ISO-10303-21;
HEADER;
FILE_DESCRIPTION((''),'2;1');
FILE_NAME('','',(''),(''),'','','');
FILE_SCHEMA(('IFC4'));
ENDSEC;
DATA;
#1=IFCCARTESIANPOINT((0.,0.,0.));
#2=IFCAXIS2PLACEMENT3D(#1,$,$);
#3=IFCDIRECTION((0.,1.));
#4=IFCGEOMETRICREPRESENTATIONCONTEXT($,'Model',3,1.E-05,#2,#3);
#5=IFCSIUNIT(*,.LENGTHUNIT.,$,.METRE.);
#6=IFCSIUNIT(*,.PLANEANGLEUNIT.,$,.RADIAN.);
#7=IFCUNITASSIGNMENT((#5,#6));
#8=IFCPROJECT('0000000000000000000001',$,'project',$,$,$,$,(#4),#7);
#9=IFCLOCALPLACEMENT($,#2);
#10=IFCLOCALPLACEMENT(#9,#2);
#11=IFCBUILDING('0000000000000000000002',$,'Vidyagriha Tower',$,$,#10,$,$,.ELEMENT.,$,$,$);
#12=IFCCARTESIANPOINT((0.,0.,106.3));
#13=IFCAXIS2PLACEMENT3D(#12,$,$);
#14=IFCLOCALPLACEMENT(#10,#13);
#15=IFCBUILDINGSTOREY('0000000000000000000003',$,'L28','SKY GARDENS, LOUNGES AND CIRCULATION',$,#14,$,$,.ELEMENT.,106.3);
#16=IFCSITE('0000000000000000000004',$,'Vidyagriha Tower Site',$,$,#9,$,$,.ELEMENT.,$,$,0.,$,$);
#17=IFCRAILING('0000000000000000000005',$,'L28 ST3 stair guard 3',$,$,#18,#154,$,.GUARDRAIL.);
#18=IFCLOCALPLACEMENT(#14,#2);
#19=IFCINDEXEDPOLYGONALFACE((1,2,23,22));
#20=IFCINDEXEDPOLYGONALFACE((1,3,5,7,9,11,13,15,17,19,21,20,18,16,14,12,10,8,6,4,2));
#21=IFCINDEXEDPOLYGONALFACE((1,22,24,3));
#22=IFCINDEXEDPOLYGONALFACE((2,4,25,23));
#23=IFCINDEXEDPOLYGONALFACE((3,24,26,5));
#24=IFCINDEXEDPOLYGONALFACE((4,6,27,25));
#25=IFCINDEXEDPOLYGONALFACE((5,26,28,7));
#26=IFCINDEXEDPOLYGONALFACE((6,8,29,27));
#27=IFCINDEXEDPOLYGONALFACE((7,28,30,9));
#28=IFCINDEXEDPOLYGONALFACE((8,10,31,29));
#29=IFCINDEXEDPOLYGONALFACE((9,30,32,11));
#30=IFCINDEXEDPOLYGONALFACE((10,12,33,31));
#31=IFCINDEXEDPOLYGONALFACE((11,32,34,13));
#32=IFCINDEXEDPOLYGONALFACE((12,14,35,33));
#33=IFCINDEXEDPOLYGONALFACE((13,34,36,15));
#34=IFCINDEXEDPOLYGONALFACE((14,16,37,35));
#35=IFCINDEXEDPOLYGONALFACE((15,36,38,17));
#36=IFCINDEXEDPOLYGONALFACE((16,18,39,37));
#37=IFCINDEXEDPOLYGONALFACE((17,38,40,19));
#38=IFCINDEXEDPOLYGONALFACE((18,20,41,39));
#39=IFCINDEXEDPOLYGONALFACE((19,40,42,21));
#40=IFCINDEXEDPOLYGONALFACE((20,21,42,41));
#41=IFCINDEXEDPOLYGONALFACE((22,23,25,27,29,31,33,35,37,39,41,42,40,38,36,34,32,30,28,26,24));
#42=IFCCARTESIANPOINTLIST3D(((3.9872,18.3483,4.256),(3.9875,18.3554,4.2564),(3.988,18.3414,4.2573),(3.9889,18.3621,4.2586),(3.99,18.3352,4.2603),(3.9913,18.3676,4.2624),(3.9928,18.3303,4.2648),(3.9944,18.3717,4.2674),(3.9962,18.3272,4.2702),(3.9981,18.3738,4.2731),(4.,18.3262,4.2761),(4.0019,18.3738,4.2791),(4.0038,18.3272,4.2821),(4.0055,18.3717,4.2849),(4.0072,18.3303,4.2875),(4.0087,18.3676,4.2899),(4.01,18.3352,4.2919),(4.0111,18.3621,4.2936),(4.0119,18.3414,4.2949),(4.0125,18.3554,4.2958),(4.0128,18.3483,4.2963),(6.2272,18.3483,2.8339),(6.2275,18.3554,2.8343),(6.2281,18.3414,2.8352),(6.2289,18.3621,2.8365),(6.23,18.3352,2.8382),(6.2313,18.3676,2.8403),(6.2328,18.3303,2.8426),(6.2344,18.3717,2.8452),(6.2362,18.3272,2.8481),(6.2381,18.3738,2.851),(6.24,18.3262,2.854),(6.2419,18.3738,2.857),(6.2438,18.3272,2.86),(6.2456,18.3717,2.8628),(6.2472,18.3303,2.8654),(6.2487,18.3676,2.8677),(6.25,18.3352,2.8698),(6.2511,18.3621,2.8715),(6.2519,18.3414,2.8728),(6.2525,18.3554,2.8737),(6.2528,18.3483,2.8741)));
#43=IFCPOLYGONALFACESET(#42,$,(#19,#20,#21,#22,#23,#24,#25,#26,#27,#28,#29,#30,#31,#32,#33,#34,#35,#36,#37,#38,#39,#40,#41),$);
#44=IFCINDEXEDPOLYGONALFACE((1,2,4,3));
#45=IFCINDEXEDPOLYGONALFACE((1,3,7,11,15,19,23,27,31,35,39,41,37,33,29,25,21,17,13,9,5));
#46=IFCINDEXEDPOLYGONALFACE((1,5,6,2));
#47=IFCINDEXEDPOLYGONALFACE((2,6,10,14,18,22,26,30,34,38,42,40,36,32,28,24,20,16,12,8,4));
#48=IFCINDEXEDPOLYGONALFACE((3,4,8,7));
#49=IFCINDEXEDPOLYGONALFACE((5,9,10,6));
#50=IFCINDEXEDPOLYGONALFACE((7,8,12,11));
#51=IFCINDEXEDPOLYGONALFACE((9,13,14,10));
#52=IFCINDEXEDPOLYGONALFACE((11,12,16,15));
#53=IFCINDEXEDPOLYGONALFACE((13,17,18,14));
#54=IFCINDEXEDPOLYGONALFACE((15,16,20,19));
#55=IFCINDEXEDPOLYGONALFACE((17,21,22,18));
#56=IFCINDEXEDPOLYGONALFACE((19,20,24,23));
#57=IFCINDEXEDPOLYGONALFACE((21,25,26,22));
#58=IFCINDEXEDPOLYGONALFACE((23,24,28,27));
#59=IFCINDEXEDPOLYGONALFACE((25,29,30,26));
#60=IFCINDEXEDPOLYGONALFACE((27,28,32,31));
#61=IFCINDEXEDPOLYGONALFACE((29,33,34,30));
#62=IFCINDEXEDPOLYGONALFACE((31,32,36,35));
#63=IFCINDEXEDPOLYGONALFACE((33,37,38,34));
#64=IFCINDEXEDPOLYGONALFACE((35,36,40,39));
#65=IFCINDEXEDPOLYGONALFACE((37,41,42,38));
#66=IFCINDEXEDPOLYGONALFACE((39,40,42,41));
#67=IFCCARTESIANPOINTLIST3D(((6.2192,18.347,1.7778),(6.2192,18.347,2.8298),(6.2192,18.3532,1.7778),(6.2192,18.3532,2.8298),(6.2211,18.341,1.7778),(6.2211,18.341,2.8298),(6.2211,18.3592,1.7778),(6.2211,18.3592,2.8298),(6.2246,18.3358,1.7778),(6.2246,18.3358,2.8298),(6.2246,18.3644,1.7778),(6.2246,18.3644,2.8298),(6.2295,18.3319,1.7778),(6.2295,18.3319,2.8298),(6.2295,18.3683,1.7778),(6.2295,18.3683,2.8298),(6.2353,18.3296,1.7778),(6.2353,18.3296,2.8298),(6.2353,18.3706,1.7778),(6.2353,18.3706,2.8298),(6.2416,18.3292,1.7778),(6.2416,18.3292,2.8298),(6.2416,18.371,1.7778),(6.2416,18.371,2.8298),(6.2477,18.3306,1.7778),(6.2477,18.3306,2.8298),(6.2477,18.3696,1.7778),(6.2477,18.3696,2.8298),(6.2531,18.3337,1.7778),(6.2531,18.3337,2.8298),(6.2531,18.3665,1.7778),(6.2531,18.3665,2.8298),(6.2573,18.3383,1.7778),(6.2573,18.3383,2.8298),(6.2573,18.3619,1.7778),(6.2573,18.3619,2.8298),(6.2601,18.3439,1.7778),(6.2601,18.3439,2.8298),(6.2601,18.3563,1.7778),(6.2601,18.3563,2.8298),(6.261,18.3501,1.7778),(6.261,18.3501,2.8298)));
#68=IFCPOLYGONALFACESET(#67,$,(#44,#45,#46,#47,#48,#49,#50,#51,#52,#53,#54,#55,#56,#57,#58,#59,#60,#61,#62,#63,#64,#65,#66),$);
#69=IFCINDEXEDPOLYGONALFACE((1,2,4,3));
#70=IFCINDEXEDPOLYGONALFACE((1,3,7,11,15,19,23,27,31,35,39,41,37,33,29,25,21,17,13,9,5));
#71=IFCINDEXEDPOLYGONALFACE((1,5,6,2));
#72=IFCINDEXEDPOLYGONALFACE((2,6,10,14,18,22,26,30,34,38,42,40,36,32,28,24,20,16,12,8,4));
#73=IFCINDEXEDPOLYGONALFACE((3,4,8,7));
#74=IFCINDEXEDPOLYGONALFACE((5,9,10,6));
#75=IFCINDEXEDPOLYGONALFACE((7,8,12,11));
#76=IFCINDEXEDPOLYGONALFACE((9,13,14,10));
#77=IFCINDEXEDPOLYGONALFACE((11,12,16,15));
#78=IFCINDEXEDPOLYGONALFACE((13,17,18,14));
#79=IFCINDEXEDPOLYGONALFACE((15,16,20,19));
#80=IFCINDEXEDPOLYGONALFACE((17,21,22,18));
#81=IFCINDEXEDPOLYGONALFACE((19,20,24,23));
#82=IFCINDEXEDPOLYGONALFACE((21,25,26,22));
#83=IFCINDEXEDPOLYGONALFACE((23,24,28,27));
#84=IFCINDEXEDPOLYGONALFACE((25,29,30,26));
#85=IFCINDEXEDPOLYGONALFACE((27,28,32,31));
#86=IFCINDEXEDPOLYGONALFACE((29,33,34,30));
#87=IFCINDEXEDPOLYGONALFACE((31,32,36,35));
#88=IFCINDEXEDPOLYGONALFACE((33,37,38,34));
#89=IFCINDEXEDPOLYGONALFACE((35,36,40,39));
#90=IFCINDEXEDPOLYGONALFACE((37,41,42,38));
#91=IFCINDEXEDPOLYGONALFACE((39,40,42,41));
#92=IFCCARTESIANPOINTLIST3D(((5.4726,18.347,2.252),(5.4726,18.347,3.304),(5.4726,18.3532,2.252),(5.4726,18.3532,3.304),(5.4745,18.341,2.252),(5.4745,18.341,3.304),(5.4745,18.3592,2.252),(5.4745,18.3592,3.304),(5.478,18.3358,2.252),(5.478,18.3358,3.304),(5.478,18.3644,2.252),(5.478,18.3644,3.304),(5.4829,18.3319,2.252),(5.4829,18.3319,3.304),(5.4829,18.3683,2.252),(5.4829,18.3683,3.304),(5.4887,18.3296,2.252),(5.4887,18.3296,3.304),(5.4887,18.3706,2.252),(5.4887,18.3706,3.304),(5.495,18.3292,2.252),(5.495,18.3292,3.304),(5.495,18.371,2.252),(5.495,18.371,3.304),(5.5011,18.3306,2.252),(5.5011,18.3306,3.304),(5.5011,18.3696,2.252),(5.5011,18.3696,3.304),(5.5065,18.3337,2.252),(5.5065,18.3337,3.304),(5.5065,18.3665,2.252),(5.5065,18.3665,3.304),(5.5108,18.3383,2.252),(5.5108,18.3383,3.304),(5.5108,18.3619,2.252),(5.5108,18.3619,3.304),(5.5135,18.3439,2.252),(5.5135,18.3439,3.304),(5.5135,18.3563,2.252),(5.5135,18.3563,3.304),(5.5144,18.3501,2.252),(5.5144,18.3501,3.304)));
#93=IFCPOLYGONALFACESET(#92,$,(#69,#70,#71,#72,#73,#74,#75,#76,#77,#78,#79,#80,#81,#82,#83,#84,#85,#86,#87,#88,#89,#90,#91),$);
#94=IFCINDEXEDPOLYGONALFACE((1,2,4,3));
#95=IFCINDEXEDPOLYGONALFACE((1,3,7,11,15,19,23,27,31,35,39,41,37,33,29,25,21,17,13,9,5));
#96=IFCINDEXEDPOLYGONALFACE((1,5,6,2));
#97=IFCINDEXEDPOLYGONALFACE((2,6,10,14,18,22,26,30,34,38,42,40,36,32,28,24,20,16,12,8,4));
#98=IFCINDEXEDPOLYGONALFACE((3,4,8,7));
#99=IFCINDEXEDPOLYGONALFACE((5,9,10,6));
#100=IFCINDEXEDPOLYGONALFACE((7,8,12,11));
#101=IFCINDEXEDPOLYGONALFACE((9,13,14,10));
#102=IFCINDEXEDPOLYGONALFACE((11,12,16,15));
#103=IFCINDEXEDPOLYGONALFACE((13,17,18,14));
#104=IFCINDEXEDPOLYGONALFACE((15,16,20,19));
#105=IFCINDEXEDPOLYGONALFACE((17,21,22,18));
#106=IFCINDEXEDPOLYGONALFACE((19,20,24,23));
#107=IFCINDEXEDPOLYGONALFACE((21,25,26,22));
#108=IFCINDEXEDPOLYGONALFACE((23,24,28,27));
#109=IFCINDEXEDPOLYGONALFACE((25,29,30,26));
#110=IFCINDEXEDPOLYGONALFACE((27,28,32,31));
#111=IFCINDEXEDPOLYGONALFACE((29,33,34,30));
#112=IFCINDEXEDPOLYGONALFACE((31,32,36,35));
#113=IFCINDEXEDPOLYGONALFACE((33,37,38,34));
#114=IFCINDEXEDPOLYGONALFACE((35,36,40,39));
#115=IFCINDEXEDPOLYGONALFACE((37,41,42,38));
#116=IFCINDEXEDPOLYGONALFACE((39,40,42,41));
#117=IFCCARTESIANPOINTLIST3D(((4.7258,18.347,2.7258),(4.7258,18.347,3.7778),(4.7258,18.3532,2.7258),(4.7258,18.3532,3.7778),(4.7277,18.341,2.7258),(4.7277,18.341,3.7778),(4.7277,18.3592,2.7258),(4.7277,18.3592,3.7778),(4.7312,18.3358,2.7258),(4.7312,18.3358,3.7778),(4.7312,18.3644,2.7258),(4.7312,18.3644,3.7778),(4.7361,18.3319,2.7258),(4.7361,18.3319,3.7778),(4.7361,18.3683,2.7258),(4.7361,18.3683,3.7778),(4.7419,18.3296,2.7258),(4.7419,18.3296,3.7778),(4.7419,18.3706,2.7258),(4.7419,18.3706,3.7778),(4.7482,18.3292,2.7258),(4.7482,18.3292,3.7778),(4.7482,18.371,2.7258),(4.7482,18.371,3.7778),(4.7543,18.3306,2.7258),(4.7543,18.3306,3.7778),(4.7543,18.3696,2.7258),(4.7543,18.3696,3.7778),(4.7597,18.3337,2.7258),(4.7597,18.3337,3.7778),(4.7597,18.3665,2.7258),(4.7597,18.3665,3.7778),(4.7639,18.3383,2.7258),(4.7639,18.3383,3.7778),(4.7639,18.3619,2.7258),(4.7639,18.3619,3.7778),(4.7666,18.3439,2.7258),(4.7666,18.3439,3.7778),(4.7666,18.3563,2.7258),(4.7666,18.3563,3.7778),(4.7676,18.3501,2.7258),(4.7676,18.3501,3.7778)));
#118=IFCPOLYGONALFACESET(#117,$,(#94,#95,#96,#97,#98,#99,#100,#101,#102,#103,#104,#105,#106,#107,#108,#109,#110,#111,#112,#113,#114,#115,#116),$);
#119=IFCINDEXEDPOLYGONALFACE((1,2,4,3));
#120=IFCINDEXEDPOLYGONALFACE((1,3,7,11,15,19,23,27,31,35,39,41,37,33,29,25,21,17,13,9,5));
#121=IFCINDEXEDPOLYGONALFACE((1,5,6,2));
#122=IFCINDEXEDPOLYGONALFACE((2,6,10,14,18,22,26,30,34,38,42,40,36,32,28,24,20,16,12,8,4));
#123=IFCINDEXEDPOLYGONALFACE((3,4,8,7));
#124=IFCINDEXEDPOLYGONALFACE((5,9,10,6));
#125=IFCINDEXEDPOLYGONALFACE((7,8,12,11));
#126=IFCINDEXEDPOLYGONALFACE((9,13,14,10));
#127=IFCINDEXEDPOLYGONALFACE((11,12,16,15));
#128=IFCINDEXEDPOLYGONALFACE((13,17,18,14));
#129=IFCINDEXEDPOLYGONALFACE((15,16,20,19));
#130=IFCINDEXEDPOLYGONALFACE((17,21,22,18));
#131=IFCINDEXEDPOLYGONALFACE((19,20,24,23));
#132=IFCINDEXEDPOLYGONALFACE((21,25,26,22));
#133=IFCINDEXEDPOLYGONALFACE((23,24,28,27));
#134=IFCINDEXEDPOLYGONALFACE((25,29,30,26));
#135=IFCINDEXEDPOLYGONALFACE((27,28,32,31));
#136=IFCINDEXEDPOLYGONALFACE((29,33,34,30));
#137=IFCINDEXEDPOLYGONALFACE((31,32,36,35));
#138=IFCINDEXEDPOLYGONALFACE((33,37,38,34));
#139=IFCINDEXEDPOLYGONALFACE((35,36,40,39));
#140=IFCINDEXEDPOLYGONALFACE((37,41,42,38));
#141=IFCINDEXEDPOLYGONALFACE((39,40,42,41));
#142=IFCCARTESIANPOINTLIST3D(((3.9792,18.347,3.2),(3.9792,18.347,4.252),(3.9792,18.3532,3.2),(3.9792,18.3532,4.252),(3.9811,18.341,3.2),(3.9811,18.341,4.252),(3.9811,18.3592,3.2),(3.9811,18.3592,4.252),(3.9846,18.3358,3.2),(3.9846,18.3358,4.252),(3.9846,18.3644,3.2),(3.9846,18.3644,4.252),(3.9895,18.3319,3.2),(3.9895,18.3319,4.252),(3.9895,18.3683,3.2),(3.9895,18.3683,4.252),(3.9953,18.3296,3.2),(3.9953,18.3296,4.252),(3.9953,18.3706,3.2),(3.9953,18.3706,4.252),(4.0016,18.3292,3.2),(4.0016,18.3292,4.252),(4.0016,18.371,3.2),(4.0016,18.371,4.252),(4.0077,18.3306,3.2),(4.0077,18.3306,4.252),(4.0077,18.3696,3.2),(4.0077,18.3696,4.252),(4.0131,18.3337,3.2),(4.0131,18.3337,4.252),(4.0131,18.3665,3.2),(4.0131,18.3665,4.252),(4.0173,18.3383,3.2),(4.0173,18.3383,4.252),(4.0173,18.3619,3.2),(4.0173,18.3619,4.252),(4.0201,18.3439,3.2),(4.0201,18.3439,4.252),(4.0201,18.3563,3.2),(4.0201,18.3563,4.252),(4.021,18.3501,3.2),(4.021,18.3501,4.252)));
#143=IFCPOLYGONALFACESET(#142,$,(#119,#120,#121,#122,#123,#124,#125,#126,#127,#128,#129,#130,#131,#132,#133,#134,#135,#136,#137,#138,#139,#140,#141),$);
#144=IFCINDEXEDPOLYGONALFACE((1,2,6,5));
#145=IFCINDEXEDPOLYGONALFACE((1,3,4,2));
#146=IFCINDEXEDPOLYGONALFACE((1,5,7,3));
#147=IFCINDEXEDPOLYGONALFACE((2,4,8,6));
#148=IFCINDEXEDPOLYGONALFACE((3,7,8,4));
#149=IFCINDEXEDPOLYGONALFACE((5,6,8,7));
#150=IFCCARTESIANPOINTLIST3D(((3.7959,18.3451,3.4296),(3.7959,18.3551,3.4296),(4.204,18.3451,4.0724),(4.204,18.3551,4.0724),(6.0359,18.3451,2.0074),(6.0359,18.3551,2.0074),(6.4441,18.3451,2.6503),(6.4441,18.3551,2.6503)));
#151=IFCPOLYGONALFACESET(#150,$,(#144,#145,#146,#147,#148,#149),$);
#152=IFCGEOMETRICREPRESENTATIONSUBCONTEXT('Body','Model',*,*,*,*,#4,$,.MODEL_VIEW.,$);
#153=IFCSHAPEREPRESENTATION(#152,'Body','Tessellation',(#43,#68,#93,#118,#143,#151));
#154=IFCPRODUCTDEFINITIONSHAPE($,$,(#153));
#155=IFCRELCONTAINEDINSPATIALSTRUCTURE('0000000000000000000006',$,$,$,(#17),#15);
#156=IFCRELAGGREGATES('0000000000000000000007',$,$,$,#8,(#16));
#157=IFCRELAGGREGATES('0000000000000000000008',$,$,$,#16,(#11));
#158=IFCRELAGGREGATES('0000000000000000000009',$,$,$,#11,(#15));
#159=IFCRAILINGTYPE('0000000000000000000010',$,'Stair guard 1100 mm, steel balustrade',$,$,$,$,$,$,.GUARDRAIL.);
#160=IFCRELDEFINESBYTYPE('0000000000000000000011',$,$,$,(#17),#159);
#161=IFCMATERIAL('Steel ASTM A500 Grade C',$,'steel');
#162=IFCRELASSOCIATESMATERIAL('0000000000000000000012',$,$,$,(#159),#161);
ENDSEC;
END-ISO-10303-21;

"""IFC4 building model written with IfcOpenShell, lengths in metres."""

from ifc_helpers import new_model, si_unit, direction, frame, origin, origin_2d, place, context, subcontext, project, spatial, rectangle, circle, extrude, material, type_object, element, save


model = new_model("IFC4")

# Units and contexts
model_context = context("Model", 3, precision=1e-05, world=origin(), true_north=direction((0.0, 1.0)))
body_context = subcontext(model_context, "Body", "Model", "MODEL_VIEW")
ifc_project = project(units=[si_unit("LENGTHUNIT", "METRE"), si_unit("PLANEANGLEUNIT", "RADIAN")], contexts=[model_context])

# Site, building, storey
site_placement = place(None, origin())
site = spatial("IfcSite", under=ifc_project, at=site_placement, Name="Vidyagriha Tower Site", CompositionType="ELEMENT", RefElevation=0.0)
building_placement = place(site_placement, origin())
building = spatial("IfcBuilding", under=site, at=building_placement, Name="Vidyagriha Tower", CompositionType="ELEMENT")
storey_placement = place(building_placement, frame((0.0, 0.0, 106.3)))
storey = spatial("IfcBuildingStorey", under=building, at=storey_placement, Name="L28", Description="SKY GARDENS, LOUNGES AND CIRCULATION", CompositionType="ELEMENT", Elevation=106.3)

# Railing
ifc_material_1 = material(Name="Steel ASTM A500 Grade C", Category="steel")
railing_type_1 = type_object("IfcRailingType", Name="Stair guard 1100 mm, steel balustrade", PredefinedType="GUARDRAIL", material=ifc_material_1)
railing_1_placement = place(storey_placement, frame((6.24, 18.3501, 1.7778)))
element("IfcRailing", 1, at=railing_1_placement, inside=storey, type_object=railing_type_1, Name="L28 ST3 stair guard 3", PredefinedType="GUARDRAIL", context=body_context, shape_type="SweptSolid", body=[
    extrude(circle(Radius=0.0239, at=origin_2d()), frame((0.0, 0.0, 1.0762), z_axis=(-0.844229, 0.0, 0.535982), x_axis=(0.0, -1.0, 0.0)), (0.0, 0.0, 1.0), 2.6533),
    extrude(circle(Radius=0.021, at=origin_2d()), origin(), (0.0, 0.0, 1.0), 1.052),
    extrude(circle(Radius=0.021, at=origin_2d()), frame((-0.7466, 0.0, 0.4741)), (0.0, 0.0, 1.0), 1.052),
    extrude(circle(Radius=0.021, at=origin_2d()), frame((-1.4934, 0.0, 0.948)), (0.0, 0.0, 1.0), 1.052),
    extrude(circle(Radius=0.021, at=origin_2d()), frame((-2.24, 0.0, 1.4221)), (0.0, 0.0, 1.0), 1.052),
    extrude(rectangle(XDim=0.01, YDim=0.7615, at=origin_2d()), frame((0.0, 0.0, 0.551), z_axis=(-0.844229, 0.0, 0.535982), x_axis=(0.0, -1.0, 0.0)), (0.0, 0.0, 1.0), 2.6533),
])

save(model, "model.ifc")
